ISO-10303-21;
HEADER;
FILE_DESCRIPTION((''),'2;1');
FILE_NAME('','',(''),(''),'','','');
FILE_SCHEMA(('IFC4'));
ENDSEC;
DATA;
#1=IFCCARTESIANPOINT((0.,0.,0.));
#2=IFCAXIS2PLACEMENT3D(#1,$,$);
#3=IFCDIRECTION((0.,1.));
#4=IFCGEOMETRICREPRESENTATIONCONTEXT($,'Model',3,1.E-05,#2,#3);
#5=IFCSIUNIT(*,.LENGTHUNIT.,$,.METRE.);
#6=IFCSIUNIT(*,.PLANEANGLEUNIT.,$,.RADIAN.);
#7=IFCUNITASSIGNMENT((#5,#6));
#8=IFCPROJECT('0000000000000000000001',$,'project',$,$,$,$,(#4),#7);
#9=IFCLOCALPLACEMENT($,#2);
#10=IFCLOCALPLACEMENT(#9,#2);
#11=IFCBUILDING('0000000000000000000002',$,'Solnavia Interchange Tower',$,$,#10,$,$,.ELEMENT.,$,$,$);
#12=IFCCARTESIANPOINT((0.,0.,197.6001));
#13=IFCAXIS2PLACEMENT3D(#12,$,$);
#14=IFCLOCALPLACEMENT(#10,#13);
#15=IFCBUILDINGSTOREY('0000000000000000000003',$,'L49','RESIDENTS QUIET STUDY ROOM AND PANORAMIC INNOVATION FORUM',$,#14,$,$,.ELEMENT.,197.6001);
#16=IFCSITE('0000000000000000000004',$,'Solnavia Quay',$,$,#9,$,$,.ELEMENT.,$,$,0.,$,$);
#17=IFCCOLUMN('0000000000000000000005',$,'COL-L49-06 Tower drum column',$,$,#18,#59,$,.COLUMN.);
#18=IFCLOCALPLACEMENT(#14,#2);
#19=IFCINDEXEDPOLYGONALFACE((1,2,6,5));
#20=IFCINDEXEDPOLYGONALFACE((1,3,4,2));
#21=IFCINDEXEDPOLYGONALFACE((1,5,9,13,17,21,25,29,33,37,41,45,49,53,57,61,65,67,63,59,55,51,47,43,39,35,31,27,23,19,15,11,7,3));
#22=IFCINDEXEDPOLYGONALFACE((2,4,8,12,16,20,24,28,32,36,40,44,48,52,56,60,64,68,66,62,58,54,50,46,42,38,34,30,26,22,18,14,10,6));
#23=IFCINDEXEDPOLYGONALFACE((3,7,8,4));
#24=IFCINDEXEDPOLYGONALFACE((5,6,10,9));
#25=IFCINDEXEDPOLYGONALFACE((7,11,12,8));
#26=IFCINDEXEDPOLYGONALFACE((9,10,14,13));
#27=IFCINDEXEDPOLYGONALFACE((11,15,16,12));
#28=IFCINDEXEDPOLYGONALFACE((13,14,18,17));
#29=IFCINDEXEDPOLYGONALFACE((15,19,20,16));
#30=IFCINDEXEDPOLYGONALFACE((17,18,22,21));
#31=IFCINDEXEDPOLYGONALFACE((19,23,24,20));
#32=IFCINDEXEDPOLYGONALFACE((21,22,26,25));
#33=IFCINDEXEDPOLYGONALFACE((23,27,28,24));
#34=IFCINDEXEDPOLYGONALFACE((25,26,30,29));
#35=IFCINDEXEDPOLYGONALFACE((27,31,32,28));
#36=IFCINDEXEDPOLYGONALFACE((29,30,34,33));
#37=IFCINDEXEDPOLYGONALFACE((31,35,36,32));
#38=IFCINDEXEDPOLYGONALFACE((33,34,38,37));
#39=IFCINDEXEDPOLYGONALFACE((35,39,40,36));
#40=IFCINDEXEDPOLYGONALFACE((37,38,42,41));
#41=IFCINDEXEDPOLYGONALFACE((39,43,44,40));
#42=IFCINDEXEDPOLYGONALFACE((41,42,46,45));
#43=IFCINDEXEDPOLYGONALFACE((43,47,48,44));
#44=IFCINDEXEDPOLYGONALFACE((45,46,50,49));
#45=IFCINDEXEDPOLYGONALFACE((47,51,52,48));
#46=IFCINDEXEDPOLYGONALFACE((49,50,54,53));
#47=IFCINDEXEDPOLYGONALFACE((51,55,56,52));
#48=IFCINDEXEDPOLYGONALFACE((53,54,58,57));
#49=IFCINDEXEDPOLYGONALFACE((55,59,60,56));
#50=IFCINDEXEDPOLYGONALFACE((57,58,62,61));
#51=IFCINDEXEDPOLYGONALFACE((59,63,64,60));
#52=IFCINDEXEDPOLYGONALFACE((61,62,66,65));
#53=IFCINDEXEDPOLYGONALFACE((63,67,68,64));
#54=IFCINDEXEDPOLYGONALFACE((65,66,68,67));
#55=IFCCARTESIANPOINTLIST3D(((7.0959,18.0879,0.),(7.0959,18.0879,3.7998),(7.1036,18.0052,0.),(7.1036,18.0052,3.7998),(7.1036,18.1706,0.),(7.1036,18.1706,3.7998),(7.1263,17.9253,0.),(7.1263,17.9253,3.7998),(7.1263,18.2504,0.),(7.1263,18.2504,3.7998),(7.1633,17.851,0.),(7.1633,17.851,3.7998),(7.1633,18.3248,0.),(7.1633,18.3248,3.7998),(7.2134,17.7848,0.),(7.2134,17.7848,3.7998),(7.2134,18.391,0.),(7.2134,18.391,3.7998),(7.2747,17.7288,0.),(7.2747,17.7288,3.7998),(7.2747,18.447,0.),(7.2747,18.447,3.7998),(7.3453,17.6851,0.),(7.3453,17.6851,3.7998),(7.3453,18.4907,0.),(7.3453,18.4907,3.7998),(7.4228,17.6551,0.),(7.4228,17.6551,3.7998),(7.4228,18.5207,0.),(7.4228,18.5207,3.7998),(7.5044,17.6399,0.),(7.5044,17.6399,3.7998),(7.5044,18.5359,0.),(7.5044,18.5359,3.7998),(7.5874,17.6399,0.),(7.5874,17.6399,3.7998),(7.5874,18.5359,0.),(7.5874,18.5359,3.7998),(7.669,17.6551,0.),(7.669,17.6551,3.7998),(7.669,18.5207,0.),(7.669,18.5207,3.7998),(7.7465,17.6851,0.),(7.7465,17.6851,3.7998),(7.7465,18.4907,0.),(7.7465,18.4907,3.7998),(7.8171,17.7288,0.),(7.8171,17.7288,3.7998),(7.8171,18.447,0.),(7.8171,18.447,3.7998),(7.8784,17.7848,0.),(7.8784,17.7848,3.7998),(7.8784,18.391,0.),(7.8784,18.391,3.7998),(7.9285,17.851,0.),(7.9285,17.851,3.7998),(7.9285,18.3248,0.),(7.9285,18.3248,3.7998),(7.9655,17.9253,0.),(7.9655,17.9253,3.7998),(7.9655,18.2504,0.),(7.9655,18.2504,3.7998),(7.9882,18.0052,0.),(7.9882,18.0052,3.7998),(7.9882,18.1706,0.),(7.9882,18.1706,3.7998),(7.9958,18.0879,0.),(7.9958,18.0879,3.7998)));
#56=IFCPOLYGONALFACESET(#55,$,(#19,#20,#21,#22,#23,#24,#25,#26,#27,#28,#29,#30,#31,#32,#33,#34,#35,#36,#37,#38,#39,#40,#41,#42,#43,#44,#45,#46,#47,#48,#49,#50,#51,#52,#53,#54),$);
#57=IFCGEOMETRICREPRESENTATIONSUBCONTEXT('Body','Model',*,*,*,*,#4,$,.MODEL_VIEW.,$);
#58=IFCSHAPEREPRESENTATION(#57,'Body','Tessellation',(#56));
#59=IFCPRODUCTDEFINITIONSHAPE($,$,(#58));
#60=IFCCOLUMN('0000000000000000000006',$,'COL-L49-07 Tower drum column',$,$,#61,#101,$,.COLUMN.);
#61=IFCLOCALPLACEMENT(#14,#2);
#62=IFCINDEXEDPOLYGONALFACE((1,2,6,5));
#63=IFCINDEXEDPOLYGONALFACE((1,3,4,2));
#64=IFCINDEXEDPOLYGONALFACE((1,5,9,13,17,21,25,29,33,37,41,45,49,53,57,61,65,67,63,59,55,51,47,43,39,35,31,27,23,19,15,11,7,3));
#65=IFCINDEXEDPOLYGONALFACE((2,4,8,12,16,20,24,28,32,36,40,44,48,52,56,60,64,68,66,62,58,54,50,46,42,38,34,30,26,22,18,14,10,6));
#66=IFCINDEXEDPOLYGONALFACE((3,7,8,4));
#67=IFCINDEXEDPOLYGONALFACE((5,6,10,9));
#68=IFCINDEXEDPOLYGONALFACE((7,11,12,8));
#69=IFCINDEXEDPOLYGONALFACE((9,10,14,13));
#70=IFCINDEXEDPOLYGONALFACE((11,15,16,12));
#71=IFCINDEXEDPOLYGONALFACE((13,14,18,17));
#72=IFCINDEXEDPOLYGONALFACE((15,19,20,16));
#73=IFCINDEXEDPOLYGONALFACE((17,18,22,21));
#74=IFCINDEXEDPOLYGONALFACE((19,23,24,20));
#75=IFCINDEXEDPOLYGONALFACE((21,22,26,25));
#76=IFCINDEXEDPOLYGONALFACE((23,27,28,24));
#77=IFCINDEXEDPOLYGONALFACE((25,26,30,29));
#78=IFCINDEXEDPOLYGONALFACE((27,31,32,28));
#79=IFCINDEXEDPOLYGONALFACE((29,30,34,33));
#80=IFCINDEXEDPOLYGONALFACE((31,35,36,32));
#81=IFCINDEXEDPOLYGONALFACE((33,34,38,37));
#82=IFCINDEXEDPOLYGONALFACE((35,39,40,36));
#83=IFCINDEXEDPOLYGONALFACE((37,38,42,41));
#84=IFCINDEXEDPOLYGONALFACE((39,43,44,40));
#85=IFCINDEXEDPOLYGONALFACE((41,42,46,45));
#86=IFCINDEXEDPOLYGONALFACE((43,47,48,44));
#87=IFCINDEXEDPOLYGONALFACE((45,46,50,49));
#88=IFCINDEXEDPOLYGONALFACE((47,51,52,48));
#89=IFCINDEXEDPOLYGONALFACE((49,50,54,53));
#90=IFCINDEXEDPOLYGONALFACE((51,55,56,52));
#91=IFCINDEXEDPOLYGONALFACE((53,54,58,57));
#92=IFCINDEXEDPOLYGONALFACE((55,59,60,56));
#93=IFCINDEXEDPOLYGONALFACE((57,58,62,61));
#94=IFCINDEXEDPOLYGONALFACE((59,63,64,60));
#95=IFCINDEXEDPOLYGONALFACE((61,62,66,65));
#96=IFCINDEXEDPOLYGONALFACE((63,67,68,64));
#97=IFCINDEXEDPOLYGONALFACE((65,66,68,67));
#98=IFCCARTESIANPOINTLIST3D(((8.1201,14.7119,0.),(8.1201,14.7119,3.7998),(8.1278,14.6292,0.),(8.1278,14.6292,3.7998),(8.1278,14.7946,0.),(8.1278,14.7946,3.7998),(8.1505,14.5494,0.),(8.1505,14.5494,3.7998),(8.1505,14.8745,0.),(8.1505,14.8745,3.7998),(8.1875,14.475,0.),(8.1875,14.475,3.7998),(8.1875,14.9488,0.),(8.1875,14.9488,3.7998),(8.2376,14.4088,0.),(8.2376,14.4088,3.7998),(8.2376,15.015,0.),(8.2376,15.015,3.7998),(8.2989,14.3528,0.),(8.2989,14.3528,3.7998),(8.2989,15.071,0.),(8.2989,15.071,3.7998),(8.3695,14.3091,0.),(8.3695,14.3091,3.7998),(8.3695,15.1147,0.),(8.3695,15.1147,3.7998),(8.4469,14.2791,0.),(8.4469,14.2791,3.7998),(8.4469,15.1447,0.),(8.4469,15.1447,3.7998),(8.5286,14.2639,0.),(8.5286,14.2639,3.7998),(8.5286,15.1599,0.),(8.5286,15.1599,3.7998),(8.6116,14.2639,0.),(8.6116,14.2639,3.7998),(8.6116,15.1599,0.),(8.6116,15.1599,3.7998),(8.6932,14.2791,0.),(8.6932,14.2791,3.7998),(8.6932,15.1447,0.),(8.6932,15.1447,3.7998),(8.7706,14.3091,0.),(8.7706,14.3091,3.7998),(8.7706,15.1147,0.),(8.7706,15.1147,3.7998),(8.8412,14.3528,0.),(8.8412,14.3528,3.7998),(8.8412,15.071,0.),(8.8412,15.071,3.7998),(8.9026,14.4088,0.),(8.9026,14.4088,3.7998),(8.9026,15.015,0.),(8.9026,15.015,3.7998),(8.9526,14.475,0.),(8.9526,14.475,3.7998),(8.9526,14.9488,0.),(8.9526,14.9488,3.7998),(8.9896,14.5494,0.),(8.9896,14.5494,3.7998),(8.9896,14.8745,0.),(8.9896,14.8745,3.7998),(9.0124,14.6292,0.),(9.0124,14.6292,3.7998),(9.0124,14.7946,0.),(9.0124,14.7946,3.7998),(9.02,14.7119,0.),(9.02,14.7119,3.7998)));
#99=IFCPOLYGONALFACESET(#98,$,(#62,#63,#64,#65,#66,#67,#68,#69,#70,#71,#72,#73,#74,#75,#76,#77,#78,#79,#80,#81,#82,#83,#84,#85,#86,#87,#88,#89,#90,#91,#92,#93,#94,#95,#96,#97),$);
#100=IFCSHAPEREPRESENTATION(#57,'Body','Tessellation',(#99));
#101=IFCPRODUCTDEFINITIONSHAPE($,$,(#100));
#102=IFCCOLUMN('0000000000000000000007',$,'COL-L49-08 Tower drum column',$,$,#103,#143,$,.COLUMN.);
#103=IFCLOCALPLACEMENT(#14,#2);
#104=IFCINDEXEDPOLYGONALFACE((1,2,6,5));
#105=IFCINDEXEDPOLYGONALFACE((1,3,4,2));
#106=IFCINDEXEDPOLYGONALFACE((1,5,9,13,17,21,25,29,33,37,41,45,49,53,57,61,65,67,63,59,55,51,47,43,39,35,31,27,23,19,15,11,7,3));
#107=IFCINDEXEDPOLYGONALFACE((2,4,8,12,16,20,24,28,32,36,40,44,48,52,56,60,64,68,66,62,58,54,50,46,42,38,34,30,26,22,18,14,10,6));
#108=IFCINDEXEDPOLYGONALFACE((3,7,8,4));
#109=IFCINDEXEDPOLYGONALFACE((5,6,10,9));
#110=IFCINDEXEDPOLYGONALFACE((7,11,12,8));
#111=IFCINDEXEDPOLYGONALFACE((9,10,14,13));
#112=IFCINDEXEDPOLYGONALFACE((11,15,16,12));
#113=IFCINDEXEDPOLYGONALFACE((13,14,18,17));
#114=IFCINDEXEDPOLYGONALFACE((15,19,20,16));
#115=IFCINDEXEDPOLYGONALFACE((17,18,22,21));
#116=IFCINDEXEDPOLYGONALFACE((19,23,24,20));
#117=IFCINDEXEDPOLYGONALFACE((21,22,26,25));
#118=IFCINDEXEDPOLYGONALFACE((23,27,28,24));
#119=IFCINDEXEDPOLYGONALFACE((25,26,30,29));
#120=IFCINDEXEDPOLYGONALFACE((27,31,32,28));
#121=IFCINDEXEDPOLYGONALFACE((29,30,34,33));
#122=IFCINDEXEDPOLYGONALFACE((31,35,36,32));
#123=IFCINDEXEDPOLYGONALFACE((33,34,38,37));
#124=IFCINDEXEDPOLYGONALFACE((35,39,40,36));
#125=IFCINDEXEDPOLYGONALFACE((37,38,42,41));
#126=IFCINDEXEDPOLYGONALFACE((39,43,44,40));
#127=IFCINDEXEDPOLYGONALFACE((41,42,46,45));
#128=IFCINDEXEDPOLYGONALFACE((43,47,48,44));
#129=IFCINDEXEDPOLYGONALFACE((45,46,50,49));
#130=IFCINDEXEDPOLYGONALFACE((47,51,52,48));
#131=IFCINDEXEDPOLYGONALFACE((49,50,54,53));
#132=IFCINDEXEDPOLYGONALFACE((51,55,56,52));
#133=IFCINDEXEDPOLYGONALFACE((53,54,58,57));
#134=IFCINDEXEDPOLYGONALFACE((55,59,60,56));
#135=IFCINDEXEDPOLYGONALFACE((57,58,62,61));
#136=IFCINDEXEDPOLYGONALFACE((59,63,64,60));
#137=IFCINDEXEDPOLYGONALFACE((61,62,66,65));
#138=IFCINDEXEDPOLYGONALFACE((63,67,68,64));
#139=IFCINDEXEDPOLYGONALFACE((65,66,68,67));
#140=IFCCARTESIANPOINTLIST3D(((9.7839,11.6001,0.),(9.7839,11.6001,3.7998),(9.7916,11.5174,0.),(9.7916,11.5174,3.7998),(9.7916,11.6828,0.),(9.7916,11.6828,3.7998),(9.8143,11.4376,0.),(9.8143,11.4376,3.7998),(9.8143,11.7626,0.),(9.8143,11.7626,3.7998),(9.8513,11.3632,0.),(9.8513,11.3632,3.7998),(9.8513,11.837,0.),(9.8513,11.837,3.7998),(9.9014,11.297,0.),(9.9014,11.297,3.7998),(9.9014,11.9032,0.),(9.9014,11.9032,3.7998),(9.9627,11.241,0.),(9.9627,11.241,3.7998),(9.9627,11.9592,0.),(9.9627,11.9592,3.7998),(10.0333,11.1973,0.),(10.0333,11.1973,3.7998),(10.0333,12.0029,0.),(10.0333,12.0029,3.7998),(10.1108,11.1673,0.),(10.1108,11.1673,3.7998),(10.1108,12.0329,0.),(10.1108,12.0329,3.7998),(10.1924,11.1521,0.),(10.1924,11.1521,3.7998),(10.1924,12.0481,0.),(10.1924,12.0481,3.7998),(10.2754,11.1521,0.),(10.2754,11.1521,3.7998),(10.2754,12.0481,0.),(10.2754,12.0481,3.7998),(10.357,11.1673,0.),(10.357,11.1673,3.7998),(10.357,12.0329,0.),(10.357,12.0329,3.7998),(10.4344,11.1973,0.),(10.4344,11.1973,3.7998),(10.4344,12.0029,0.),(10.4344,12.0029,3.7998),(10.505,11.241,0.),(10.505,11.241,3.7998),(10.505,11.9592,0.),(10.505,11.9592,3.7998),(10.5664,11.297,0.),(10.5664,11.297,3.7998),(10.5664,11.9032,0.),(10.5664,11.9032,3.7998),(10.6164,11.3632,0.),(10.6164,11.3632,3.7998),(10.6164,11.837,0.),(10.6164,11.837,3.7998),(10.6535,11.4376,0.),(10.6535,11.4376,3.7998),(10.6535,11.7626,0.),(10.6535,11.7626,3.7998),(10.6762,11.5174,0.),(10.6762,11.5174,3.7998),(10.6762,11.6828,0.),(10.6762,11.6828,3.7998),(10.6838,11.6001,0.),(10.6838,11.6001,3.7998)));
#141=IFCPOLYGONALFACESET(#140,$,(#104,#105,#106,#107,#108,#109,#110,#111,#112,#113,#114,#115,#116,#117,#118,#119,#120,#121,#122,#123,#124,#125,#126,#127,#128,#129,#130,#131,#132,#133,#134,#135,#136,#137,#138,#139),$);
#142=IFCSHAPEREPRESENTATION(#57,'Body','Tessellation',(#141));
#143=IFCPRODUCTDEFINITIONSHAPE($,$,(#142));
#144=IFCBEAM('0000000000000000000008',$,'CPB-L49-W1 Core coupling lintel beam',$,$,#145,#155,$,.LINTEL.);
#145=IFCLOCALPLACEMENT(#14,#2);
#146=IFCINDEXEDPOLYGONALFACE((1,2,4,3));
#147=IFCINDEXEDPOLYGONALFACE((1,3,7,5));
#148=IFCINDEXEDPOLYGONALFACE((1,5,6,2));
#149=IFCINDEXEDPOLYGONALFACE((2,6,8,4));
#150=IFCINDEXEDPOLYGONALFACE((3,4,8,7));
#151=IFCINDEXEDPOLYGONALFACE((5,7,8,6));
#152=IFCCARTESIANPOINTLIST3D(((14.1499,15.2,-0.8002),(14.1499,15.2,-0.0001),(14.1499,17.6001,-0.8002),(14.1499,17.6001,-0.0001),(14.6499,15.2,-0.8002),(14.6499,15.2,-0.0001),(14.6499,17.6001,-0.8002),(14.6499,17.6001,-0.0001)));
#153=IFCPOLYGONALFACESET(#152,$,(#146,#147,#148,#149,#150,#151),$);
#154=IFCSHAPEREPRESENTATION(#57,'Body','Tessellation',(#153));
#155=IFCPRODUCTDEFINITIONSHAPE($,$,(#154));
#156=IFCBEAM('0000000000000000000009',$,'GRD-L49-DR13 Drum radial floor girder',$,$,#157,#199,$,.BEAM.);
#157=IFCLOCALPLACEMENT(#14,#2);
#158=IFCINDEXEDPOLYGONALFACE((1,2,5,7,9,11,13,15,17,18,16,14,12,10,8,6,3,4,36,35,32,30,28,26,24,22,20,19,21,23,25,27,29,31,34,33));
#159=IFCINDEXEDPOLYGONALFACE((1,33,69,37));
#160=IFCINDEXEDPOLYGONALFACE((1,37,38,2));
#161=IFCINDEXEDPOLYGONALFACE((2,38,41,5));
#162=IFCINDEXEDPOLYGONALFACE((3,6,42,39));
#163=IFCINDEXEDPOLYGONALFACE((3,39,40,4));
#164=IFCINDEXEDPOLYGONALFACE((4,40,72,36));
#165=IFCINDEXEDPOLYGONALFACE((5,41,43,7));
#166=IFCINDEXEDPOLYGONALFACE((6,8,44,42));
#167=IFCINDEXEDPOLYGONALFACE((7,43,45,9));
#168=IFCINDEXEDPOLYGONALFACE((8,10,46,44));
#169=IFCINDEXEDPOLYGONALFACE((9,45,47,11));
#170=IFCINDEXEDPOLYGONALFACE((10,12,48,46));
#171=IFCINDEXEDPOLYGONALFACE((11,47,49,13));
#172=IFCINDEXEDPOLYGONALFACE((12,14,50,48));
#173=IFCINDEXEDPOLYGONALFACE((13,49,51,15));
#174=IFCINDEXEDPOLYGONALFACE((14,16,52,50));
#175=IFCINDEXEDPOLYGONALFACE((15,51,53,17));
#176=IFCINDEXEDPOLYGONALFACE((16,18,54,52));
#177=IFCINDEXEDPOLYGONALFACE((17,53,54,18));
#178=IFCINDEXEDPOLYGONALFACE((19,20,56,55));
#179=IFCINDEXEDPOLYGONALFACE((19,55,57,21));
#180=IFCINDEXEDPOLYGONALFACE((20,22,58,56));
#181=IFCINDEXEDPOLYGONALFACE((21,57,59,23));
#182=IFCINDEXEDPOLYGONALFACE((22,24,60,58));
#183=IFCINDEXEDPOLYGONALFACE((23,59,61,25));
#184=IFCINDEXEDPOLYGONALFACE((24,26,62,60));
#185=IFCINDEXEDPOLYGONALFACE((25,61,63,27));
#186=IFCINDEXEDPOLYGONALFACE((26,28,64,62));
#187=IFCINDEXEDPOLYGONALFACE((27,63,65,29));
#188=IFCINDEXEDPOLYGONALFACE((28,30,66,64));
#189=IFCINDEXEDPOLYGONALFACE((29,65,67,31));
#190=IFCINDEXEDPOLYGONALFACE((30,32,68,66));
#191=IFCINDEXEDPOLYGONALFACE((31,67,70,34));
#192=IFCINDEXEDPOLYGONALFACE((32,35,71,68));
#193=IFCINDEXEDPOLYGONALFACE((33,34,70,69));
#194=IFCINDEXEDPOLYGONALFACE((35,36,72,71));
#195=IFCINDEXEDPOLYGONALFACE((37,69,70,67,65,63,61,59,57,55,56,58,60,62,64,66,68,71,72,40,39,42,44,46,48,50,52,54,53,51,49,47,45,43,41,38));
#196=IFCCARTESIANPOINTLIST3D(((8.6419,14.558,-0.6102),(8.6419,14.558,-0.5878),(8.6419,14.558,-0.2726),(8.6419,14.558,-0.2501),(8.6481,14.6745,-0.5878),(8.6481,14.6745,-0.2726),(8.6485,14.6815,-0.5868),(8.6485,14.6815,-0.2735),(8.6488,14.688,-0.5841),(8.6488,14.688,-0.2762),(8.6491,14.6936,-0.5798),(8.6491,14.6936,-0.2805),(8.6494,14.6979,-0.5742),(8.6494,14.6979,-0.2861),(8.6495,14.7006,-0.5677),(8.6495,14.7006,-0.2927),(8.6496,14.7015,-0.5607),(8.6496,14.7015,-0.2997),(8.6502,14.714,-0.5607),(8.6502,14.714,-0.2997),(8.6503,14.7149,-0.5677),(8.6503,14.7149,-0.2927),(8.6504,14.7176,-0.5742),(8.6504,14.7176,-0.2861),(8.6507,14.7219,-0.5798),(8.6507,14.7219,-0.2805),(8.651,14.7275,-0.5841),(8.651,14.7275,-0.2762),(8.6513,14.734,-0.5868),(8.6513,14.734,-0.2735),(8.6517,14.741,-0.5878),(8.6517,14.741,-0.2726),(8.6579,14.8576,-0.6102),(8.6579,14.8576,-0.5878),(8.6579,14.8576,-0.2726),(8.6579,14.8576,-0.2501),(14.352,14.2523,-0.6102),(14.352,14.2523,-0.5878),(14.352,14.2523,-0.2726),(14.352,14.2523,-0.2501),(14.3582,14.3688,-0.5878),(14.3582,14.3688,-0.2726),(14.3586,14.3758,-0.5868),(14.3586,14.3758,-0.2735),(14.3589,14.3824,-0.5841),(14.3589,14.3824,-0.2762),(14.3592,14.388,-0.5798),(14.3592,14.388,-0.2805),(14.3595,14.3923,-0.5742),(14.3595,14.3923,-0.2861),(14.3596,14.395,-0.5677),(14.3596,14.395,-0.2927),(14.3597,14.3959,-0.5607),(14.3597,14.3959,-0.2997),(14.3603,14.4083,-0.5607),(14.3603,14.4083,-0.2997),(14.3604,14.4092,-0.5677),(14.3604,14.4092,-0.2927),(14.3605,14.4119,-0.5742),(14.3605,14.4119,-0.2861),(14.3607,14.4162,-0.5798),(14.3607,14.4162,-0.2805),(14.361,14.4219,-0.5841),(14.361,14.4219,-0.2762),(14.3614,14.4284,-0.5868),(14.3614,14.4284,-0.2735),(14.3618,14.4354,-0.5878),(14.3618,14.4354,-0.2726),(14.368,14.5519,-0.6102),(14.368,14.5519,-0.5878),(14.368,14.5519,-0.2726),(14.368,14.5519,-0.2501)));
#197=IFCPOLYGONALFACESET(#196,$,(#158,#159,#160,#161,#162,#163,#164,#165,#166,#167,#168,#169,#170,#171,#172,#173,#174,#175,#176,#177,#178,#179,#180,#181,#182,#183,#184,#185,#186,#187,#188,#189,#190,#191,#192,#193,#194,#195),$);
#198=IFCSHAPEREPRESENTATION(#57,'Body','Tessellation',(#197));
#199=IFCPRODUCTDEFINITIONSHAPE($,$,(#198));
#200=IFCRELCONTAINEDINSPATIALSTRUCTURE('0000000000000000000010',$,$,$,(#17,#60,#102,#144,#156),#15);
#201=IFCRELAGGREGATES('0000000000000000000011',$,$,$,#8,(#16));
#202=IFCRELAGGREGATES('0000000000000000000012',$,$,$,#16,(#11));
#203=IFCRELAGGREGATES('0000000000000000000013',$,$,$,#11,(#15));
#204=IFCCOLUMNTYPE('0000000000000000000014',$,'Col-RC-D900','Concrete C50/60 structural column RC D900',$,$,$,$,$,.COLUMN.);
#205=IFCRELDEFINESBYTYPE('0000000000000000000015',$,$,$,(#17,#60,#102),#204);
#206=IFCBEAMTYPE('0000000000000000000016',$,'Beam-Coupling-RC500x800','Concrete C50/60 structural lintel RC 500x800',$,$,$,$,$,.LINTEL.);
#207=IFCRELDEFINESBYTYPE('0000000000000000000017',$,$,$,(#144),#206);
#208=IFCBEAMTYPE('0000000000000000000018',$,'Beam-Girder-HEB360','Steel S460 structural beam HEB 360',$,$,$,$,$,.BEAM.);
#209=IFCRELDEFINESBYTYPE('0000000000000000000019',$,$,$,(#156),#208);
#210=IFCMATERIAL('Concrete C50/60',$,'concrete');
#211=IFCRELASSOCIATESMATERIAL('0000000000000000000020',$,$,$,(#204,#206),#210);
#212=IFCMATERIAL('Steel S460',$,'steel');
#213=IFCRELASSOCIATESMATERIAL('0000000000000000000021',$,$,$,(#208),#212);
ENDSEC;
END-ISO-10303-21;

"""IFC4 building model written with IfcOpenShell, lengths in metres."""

from ifc_helpers import new_model, si_unit, direction, frame, origin, origin_2d, place, context, subcontext, project, spatial, rectangle, circle, i_section, extrude, material, material_profile, profile_set, type_object, element, save


model = new_model("IFC4")

# Units and contexts
model_context = context("Model", 3, precision=1e-05, world=origin(), true_north=direction((0.0, 1.0)))
body_context = subcontext(model_context, "Body", "Model", "MODEL_VIEW")
ifc_project = project(units=[si_unit("LENGTHUNIT", "METRE"), si_unit("PLANEANGLEUNIT", "RADIAN")], contexts=[model_context])

# Site, building, storey
site_placement = place(None, origin())
site = spatial("IfcSite", under=ifc_project, at=site_placement, Name="Solnavia Quay", CompositionType="ELEMENT", RefElevation=0.0)
building_placement = place(site_placement, origin())
building = spatial("IfcBuilding", under=site, at=building_placement, Name="Solnavia Interchange Tower", CompositionType="ELEMENT")
storey_placement = place(building_placement, frame((0.0, 0.0, 197.6001)))
storey = spatial("IfcBuildingStorey", under=building, at=storey_placement, Name="L49", Description="RESIDENTS QUIET STUDY ROOM AND PANORAMIC INNOVATION FORUM", CompositionType="ELEMENT", Elevation=197.6001)

# Columns
ifc_material_1 = material(Name="Concrete C50/60", Category="concrete")
ifc_material_profile_1 = material_profile(ifc_material_1, circle(Radius=0.45, at=origin_2d()), Name="RC D900")
ifc_profile_set_1 = profile_set([ifc_material_profile_1], Name="Concrete C50/60")
column_type = type_object("IfcColumnType", Name="Col-RC-D900", Description="Concrete C50/60 structural column RC D900", PredefinedType="COLUMN", material=ifc_profile_set_1)
for number, where, z_axis, x_axis, name in (
    (1, (7.5459, 18.0879, 0.0), (0.0, 0.0, 1.0), (1.0, 0.0, 0.0), "COL-L49-06 Tower drum column"),
    (2, (8.5701, 14.7119, 0.0), (0.0, 0.0, 1.0), (1.0, 0.0, 0.0), "COL-L49-07 Tower drum column"),
    (3, (10.2339, 11.6001, 0.0), (0.0, 0.0, 1.0), (1.0, 0.0, 0.0), "COL-L49-08 Tower drum column"),
):
    element("IfcColumn", number, at=place(storey_placement, frame(where, z_axis=z_axis, x_axis=x_axis)), inside=storey, type_object=column_type, Name=name, PredefinedType="COLUMN", context=body_context, shape_type="SweptSolid", body=[
        extrude(circle(Radius=0.45, at=origin_2d()), origin(), (0.0, 0.0, 1.0), 3.7998),
    ])

# Beams
ifc_material_profile_2 = material_profile(ifc_material_1, rectangle(XDim=0.5, YDim=0.8, at=origin_2d()), Name="RC 500x800")
ifc_profile_set_2 = profile_set([ifc_material_profile_2], Name="Concrete C50/60")
beam_type_1 = type_object("IfcBeamType", Name="Beam-Coupling-RC500x800", Description="Concrete C50/60 structural lintel RC 500x800", PredefinedType="LINTEL", material=ifc_profile_set_2)
beam_1_placement = place(storey_placement, frame((14.3999, 15.2, -0.4001), z_axis=(0.0, 1.0, 0.0), x_axis=(-1.0, 0.0, 0.0)))
element("IfcBeam", 4, at=beam_1_placement, inside=storey, type_object=beam_type_1, Name="CPB-L49-W1 Core coupling lintel beam", PredefinedType="LINTEL", context=body_context, shape_type="SweptSolid", body=[
    extrude(rectangle(XDim=0.5, YDim=0.8, at=origin_2d()), origin(), (0.0, 0.0, 1.0), 2.4001),
])
ifc_material_2 = material(Name="Steel S460", Category="steel")
ifc_material_profile_3 = material_profile(ifc_material_2, i_section(OverallWidth=0.3, OverallDepth=0.3601, WebThickness=0.0125, FlangeThickness=0.0225, FilletRadius=0.0271, at=origin_2d()), Name="HEB 360")
ifc_profile_set_3 = profile_set([ifc_material_profile_3], Name="Steel S460")
beam_type_2 = type_object("IfcBeamType", Name="Beam-Girder-HEB360", Description="Steel S460 structural beam HEB 360", PredefinedType="BEAM", material=ifc_profile_set_3)
beam_2_placement = place(storey_placement, frame((8.6499, 14.7078, -0.4302), z_axis=(0.99857, -0.053453, 0.0), x_axis=(0.053453, 0.99857, 0.0)))
element("IfcBeam", 5, at=beam_2_placement, inside=storey, type_object=beam_type_2, Name="GRD-L49-DR13 Drum radial floor girder", PredefinedType="BEAM", context=body_context, shape_type="SweptSolid", body=[
    extrude(i_section(OverallWidth=0.3, OverallDepth=0.3601, WebThickness=0.0125, FlangeThickness=0.0225, FilletRadius=0.0271, at=origin_2d()), origin(), (0.0, 0.0, 1.0), 5.7183),
])

save(model, "model.ifc")
